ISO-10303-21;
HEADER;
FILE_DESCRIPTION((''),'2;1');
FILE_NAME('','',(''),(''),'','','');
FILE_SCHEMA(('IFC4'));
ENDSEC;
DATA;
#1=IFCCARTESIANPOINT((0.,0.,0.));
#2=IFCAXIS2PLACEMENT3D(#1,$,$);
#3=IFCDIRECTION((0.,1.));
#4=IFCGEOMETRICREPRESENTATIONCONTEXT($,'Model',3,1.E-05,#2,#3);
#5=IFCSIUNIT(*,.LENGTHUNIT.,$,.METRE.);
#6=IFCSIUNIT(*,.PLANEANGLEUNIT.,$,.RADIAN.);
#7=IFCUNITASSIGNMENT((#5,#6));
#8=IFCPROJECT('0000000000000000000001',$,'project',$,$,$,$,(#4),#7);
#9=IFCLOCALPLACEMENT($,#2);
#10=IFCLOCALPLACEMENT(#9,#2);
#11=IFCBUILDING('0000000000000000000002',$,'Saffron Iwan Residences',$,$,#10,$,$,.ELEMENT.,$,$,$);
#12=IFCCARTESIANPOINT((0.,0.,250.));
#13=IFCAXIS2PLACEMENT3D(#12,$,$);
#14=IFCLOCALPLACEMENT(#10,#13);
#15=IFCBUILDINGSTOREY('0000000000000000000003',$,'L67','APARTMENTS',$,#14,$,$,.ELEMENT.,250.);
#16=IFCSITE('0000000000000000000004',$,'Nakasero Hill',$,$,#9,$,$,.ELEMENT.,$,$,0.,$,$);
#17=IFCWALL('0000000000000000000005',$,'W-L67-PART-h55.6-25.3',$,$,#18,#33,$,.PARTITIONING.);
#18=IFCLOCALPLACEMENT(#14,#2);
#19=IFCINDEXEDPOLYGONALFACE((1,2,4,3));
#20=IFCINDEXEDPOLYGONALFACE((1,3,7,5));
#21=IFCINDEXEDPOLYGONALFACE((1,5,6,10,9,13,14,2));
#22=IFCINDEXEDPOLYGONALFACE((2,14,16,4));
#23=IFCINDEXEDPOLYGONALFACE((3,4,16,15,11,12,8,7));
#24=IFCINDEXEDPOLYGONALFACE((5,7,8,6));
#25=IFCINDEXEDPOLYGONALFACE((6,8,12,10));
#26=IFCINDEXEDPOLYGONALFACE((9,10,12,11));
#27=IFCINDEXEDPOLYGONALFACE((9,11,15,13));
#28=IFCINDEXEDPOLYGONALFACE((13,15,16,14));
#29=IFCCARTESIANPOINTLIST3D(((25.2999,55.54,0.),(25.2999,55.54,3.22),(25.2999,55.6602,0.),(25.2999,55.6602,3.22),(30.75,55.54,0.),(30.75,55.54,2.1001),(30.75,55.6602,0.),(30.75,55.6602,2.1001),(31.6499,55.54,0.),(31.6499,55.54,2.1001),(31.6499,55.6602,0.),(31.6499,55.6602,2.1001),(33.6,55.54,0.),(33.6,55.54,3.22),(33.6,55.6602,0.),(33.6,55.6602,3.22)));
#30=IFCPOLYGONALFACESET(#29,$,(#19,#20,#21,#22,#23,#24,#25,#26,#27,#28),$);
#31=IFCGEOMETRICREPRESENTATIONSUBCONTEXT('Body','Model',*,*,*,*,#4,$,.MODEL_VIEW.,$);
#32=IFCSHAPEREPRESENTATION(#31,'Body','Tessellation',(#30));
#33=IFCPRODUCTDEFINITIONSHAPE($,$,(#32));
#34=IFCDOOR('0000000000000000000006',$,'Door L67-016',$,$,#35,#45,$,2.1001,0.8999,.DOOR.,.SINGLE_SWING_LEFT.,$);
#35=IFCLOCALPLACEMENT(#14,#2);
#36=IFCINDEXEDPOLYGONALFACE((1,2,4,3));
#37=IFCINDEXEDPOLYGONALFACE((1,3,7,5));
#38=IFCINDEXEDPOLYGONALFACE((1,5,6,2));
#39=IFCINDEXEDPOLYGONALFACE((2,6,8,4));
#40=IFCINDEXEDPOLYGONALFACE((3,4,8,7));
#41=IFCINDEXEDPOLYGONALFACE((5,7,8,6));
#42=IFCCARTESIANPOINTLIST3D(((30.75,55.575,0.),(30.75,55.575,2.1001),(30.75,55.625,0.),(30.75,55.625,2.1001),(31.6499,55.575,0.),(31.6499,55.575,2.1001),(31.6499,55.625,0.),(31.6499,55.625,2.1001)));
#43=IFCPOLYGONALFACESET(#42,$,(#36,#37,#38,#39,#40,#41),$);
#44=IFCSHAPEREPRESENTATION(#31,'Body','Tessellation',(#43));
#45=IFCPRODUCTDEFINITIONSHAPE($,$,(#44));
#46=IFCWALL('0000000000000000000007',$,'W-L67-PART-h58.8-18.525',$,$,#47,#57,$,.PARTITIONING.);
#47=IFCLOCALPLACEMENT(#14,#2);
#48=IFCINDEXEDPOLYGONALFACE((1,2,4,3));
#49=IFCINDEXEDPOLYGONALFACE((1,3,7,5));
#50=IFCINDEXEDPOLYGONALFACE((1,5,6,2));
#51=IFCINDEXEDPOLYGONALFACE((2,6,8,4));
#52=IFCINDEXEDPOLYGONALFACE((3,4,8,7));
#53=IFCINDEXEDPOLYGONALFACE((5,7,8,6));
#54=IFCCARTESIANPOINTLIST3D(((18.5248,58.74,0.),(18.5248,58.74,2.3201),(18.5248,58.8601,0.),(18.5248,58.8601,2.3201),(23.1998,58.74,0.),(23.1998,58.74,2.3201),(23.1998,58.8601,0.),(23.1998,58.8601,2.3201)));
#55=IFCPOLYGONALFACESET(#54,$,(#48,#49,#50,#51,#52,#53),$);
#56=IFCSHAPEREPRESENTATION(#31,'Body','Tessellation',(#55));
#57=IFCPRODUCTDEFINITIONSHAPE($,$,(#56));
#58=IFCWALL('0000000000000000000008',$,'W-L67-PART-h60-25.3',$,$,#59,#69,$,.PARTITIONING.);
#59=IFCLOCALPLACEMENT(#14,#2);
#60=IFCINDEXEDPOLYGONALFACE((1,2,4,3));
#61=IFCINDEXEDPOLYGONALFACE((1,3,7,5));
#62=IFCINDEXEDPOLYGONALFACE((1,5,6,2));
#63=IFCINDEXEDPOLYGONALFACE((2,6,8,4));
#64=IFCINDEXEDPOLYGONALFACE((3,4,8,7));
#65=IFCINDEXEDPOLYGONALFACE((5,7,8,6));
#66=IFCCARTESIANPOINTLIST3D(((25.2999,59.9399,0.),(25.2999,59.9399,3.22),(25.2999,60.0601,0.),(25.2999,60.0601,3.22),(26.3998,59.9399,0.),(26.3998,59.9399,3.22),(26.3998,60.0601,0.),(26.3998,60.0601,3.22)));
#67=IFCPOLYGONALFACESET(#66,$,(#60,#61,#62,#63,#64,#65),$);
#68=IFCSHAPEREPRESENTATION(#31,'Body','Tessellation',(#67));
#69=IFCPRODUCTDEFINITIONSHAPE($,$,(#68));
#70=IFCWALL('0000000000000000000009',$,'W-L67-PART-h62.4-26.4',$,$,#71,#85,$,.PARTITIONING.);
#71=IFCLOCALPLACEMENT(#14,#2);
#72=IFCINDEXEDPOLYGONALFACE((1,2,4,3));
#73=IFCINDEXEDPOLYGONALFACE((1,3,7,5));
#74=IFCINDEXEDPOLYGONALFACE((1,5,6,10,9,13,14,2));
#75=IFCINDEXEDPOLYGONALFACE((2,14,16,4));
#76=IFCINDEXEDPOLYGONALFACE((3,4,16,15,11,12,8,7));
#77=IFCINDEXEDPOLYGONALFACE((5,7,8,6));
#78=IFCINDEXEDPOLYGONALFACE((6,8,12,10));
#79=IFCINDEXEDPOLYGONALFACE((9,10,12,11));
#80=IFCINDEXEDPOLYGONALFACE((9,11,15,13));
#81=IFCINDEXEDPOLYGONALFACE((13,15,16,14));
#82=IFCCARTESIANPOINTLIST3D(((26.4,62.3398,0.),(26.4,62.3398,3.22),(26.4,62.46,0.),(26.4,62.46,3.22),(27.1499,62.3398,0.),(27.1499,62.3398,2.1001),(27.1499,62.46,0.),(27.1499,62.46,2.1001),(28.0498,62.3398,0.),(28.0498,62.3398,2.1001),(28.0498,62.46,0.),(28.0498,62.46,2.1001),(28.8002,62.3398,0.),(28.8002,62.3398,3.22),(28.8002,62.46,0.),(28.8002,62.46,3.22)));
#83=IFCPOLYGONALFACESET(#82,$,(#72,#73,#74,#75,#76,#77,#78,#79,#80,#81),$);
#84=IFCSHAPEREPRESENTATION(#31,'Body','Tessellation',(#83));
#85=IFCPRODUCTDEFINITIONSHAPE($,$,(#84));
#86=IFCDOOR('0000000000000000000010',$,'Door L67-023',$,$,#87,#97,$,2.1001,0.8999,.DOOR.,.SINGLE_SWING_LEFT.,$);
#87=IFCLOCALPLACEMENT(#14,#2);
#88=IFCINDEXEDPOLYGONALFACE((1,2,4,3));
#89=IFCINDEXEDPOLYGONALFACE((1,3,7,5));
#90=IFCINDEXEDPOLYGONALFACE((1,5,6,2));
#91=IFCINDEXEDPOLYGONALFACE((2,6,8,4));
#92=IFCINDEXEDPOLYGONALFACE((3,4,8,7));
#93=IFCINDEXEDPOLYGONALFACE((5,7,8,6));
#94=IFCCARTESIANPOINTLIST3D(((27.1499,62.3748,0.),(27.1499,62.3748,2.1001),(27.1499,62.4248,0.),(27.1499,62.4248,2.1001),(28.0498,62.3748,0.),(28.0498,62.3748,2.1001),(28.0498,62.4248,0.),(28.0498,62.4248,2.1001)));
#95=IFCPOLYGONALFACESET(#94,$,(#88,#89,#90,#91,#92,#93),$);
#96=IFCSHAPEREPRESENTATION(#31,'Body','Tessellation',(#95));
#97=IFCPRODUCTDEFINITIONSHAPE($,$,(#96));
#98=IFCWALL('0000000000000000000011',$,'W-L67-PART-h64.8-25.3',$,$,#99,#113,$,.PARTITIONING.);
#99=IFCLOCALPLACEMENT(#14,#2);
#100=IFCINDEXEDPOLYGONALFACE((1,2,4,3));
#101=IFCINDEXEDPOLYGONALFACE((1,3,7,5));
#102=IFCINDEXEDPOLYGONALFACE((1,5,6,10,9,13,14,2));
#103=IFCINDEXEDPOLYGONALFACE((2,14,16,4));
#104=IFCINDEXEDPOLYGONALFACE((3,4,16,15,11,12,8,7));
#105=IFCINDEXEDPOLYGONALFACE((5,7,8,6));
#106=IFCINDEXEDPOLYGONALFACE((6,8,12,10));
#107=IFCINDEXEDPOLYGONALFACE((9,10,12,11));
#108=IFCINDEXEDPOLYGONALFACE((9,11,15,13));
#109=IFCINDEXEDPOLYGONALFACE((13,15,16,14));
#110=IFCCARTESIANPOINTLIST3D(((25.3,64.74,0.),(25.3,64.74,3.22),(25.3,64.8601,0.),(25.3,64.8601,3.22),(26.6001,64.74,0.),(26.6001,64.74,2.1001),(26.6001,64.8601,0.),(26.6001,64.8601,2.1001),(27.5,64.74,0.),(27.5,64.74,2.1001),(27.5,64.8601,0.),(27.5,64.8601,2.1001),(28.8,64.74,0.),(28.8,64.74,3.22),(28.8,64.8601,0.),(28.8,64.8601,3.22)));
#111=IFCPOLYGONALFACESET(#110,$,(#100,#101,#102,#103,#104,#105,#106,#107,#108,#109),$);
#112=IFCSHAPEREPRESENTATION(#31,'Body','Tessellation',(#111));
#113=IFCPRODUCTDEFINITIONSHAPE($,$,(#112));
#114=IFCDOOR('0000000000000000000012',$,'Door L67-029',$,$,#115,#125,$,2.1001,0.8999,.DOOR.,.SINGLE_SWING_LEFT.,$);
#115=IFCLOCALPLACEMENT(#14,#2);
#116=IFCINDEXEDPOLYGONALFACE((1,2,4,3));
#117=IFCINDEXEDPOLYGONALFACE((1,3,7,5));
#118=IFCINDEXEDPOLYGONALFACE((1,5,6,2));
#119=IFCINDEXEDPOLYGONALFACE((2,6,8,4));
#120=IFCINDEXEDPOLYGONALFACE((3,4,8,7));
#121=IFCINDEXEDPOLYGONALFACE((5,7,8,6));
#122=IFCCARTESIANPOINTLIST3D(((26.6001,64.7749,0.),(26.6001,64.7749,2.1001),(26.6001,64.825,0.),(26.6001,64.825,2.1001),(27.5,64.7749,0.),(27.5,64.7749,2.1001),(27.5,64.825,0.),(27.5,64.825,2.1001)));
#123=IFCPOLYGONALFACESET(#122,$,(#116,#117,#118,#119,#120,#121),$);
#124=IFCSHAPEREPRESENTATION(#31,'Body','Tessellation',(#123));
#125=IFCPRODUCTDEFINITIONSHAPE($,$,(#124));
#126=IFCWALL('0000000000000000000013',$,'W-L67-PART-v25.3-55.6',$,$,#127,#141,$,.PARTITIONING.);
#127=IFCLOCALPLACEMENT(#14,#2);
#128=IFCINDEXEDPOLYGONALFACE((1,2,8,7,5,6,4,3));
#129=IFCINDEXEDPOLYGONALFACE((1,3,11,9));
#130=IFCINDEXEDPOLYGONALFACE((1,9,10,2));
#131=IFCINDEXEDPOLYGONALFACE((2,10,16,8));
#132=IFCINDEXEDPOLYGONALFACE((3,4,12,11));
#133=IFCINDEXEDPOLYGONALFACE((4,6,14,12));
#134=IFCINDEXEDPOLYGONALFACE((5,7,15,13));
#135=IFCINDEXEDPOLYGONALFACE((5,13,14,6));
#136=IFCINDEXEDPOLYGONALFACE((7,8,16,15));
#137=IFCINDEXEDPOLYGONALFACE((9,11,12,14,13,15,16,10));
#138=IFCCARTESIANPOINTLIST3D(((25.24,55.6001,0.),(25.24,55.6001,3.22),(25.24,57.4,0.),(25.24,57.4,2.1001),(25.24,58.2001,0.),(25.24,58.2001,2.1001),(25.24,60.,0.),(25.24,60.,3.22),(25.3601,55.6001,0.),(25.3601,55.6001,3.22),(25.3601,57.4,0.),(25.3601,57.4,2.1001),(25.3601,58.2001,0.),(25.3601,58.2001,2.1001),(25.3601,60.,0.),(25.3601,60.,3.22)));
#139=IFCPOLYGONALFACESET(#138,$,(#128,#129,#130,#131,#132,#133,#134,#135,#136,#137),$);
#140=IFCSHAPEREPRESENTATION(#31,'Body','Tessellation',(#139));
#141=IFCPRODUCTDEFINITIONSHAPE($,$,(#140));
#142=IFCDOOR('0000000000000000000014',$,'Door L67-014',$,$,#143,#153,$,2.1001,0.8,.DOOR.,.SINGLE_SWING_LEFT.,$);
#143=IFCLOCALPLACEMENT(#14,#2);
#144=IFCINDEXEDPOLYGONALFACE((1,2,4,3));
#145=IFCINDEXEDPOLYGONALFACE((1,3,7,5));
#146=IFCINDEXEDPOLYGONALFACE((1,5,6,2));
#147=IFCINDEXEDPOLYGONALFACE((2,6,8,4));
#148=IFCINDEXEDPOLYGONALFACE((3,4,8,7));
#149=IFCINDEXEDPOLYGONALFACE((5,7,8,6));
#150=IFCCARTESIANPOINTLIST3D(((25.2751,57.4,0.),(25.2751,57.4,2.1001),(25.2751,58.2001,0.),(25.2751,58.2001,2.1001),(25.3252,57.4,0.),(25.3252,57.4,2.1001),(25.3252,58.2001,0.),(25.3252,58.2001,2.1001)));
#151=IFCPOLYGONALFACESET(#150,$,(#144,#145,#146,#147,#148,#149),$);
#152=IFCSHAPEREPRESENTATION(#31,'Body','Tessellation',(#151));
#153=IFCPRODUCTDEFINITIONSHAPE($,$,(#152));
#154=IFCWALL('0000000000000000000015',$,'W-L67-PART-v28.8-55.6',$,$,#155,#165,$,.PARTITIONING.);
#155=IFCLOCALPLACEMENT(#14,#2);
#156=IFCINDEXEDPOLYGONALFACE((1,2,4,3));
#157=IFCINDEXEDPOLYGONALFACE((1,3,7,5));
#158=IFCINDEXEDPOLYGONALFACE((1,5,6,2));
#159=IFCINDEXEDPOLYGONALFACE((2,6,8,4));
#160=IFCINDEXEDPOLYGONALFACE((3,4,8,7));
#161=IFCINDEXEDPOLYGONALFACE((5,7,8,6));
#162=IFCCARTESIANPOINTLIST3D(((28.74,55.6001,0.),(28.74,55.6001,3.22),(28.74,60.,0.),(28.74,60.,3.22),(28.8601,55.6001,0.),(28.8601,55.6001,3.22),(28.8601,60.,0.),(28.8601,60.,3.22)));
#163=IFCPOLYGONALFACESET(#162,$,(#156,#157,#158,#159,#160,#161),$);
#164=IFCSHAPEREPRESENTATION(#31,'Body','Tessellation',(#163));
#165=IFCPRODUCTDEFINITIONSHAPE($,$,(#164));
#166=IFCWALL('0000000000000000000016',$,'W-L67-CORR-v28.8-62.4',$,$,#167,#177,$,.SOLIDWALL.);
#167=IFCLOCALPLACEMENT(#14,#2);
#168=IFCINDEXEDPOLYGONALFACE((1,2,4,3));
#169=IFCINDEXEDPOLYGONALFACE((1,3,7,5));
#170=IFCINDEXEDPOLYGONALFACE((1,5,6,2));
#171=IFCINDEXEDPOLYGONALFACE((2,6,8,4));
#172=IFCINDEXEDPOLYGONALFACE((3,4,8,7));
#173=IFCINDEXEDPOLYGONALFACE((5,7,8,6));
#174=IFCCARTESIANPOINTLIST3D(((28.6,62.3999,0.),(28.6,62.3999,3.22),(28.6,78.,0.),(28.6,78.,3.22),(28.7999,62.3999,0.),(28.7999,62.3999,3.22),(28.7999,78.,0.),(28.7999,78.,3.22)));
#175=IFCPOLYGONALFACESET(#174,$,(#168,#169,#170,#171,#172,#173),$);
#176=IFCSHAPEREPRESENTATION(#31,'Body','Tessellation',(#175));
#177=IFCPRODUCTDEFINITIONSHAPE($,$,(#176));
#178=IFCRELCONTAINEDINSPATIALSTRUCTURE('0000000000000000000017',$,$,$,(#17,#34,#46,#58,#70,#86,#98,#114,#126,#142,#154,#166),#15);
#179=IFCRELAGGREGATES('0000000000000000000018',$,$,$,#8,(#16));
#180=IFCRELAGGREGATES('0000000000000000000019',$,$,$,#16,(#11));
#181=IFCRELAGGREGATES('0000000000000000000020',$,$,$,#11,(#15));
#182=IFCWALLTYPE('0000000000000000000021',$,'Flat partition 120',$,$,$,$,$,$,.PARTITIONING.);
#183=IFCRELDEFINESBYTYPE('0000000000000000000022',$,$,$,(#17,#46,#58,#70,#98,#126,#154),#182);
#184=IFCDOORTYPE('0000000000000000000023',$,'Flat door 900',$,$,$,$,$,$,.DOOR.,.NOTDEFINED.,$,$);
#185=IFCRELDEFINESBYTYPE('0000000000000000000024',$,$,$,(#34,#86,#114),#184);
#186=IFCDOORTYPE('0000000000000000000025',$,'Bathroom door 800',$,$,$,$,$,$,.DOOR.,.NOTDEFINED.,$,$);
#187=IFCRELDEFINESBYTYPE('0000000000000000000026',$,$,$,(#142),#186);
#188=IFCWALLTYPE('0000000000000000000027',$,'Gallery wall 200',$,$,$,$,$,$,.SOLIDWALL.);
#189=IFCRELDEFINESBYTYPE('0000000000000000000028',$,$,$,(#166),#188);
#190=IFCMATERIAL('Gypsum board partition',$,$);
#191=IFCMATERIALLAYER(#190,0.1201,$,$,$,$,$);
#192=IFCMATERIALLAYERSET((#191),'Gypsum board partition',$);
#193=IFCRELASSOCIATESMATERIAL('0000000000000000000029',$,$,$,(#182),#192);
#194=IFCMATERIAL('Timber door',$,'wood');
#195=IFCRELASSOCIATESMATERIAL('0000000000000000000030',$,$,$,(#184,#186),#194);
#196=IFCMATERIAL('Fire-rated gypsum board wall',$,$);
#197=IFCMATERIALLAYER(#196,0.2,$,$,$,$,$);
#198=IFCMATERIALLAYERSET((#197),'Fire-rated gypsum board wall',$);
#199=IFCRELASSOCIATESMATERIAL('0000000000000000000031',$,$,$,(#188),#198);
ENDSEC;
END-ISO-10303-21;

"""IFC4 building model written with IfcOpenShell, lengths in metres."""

from ifc_helpers import new_model, si_unit, direction, frame, frame_2d, origin, place, context, subcontext, project, spatial, rectangle, extrude, material, layer, layer_set, type_object, element, fill, save


model = new_model("IFC4")

# Units and contexts
model_context = context("Model", 3, precision=1e-05, world=origin(), true_north=direction((0.0, 1.0)))
body_context = subcontext(model_context, "Body", "Model", "MODEL_VIEW")
ifc_project = project(units=[si_unit("LENGTHUNIT", "METRE"), si_unit("PLANEANGLEUNIT", "RADIAN")], contexts=[model_context])

# Site, building, storey
site_placement = place(None, origin())
site = spatial("IfcSite", under=ifc_project, at=site_placement, Name="Nakasero Hill", CompositionType="ELEMENT", RefElevation=0.0)
building_placement = place(site_placement, origin())
building = spatial("IfcBuilding", under=site, at=building_placement, Name="Saffron Iwan Residences", CompositionType="ELEMENT")
storey_placement = place(building_placement, frame((0.0, 0.0, 250.0)))
storey = spatial("IfcBuildingStorey", under=building, at=storey_placement, Name="L67", Description="APARTMENTS", CompositionType="ELEMENT", Elevation=250.0)

# Shared definitions
ifc_material_1 = material(Name="Fire-rated gypsum board wall")

# Wall, opening, door
ifc_material_2 = material(Name="Gypsum board partition")
ifc_layer_1 = layer(ifc_material_2, 0.1201)
ifc_layer_set_1 = layer_set([ifc_layer_1], Name="Gypsum board partition")
wall_type_1 = type_object("IfcWallType", Name="Flat partition 120", PredefinedType="PARTITIONING", material=ifc_layer_set_1)
wall_1_placement = place(storey_placement, frame((25.3, 55.6001, 0.0), z_axis=(0.0, 0.0, 1.0), x_axis=(1.0, 0.0, 0.0)))
wall_1 = element("IfcWall", 1, at=wall_1_placement, inside=storey, type_object=wall_type_1, Name="W-L67-PART-h55.6-25.3", PredefinedType="PARTITIONING", context=body_context, shape_type="SweptSolid", body=[
    extrude(rectangle(XDim=8.3, YDim=0.1201, at=frame_2d((4.1499, 0.0))), origin(), (0.0, 0.0, 1.0), 3.22),
])
opening_1_placement = place(wall_1_placement, frame((5.45, 0.0, 0.0)))
opening_1 = element("IfcOpeningElement", 2, at=opening_1_placement, cuts=wall_1, PredefinedType="OPENING", context=body_context, shape_type="SweptSolid", body=[
    extrude(rectangle(XDim=0.8999, YDim=2.1001, at=frame_2d((0.45, 1.05))), frame((0.0, 0.0701, 0.0), z_axis=(0.0, -1.0, 0.0), x_axis=(1.0, 0.0, 0.0)), (0.0, 0.0, 1.0), 0.1401),
])
ifc_material_3 = material(Name="Timber door", Category="wood")
door_type_1 = type_object("IfcDoorType", Name="Flat door 900", OperationType="NOTDEFINED", PredefinedType="DOOR", material=ifc_material_3)
door_1_placement = place(opening_1_placement, origin())
door_1 = element("IfcDoor", 3, at=door_1_placement, inside=storey, type_object=door_type_1, Name="Door L67-016", OperationType="SINGLE_SWING_LEFT", OverallHeight=2.1001, OverallWidth=0.8999, PredefinedType="DOOR", context=body_context, shape_type="SweptSolid", body=[
    extrude(rectangle(XDim=0.8999, YDim=2.1001, at=frame_2d((0.45, 1.05))), frame((0.0, 0.0249, 0.0), z_axis=(0.0, -1.0, 0.0), x_axis=(1.0, 0.0, 0.0)), (0.0, 0.0, 1.0), 0.05),
])
fill(opening_1, door_1)

# Walls
wall_2_placement = place(storey_placement, frame((18.5249, 58.8, 0.0), z_axis=(0.0, 0.0, 1.0), x_axis=(1.0, 0.0, 0.0)))
element("IfcWall", 4, at=wall_2_placement, inside=storey, type_object=wall_type_1, Name="W-L67-PART-h58.8-18.525", PredefinedType="PARTITIONING", context=body_context, shape_type="SweptSolid", body=[
    extrude(rectangle(XDim=4.675, YDim=0.1201, at=frame_2d((2.3374, 0.0))), origin(), (0.0, 0.0, 1.0), 2.3201),
])
wall_3_placement = place(storey_placement, frame((25.3, 60.0, 0.0), z_axis=(0.0, 0.0, 1.0), x_axis=(1.0, 0.0, 0.0)))
element("IfcWall", 5, at=wall_3_placement, inside=storey, type_object=wall_type_1, Name="W-L67-PART-h60-25.3", PredefinedType="PARTITIONING", context=body_context, shape_type="SweptSolid", body=[
    extrude(rectangle(XDim=1.0999, YDim=0.1201, at=frame_2d((0.5498, 0.0))), origin(), (0.0, 0.0, 1.0), 3.22),
])

# Walls, openings, doors
wall_4_placement = place(storey_placement, frame((26.3999, 62.3999, 0.0), z_axis=(0.0, 0.0, 1.0), x_axis=(1.0, 0.0, 0.0)))
wall_4 = element("IfcWall", 6, at=wall_4_placement, inside=storey, type_object=wall_type_1, Name="W-L67-PART-h62.4-26.4", PredefinedType="PARTITIONING", context=body_context, shape_type="SweptSolid", body=[
    extrude(rectangle(XDim=2.4001, YDim=0.1201, at=frame_2d((1.2002, 0.0))), origin(), (0.0, 0.0, 1.0), 3.22),
])
opening_2_placement = place(wall_4_placement, frame((0.75, 0.0, 0.0)))
opening_2 = element("IfcOpeningElement", 7, at=opening_2_placement, cuts=wall_4, PredefinedType="OPENING", context=body_context, shape_type="SweptSolid", body=[
    extrude(rectangle(XDim=0.8999, YDim=2.1001, at=frame_2d((0.45, 1.05))), frame((0.0, 0.0701, 0.0), z_axis=(0.0, -1.0, 0.0), x_axis=(1.0, 0.0, 0.0)), (0.0, 0.0, 1.0), 0.1401),
])
door_2_placement = place(opening_2_placement, origin())
door_2 = element("IfcDoor", 8, at=door_2_placement, inside=storey, type_object=door_type_1, Name="Door L67-023", OperationType="SINGLE_SWING_LEFT", OverallHeight=2.1001, OverallWidth=0.8999, PredefinedType="DOOR", context=body_context, shape_type="SweptSolid", body=[
    extrude(rectangle(XDim=0.8999, YDim=2.1001, at=frame_2d((0.45, 1.05))), frame((0.0, 0.0249, 0.0), z_axis=(0.0, -1.0, 0.0), x_axis=(1.0, 0.0, 0.0)), (0.0, 0.0, 1.0), 0.05),
])
fill(opening_2, door_2)
wall_5_placement = place(storey_placement, frame((25.3, 64.8, 0.0), z_axis=(0.0, 0.0, 1.0), x_axis=(1.0, 0.0, 0.0)))
wall_5 = element("IfcWall", 9, at=wall_5_placement, inside=storey, type_object=wall_type_1, Name="W-L67-PART-h64.8-25.3", PredefinedType="PARTITIONING", context=body_context, shape_type="SweptSolid", body=[
    extrude(rectangle(XDim=3.5, YDim=0.1201, at=frame_2d((1.75, 0.0))), origin(), (0.0, 0.0, 1.0), 3.22),
])
opening_3_placement = place(wall_5_placement, frame((1.3, 0.0, 0.0)))
opening_3 = element("IfcOpeningElement", 10, at=opening_3_placement, cuts=wall_5, PredefinedType="OPENING", context=body_context, shape_type="SweptSolid", body=[
    extrude(rectangle(XDim=0.8999, YDim=2.1001, at=frame_2d((0.45, 1.05))), frame((0.0, 0.0701, 0.0), z_axis=(0.0, -1.0, 0.0), x_axis=(1.0, 0.0, 0.0)), (0.0, 0.0, 1.0), 0.1401),
])
door_3_placement = place(opening_3_placement, origin())
door_3 = element("IfcDoor", 11, at=door_3_placement, inside=storey, type_object=door_type_1, Name="Door L67-029", OperationType="SINGLE_SWING_LEFT", OverallHeight=2.1001, OverallWidth=0.8999, PredefinedType="DOOR", context=body_context, shape_type="SweptSolid", body=[
    extrude(rectangle(XDim=0.8999, YDim=2.1001, at=frame_2d((0.45, 1.05))), frame((0.0, 0.0249, 0.0), z_axis=(0.0, -1.0, 0.0), x_axis=(1.0, 0.0, 0.0)), (0.0, 0.0, 1.0), 0.05),
])
fill(opening_3, door_3)
wall_6_placement = place(storey_placement, frame((25.3, 55.6001, 0.0), z_axis=(0.0, 0.0, 1.0), x_axis=(0.0, 1.0, 0.0)))
wall_6 = element("IfcWall", 12, at=wall_6_placement, inside=storey, type_object=wall_type_1, Name="W-L67-PART-v25.3-55.6", PredefinedType="PARTITIONING", context=body_context, shape_type="SweptSolid", body=[
    extrude(rectangle(XDim=4.3999, YDim=0.1201, at=frame_2d((2.2, 0.0))), origin(), (0.0, 0.0, 1.0), 3.22),
])
opening_4_placement = place(wall_6_placement, frame((1.8, 0.0, 0.0)))
opening_4 = element("IfcOpeningElement", 13, at=opening_4_placement, cuts=wall_6, PredefinedType="OPENING", context=body_context, shape_type="SweptSolid", body=[
    extrude(rectangle(XDim=0.8, YDim=2.1001, at=frame_2d((0.3999, 1.05))), frame((0.0, 0.0701, 0.0), z_axis=(0.0, -1.0, 0.0), x_axis=(1.0, 0.0, 0.0)), (0.0, 0.0, 1.0), 0.1401),
])
door_type_2 = type_object("IfcDoorType", Name="Bathroom door 800", OperationType="NOTDEFINED", PredefinedType="DOOR", material=ifc_material_3)
door_4_placement = place(opening_4_placement, origin())
door_4 = element("IfcDoor", 14, at=door_4_placement, inside=storey, type_object=door_type_2, Name="Door L67-014", OperationType="SINGLE_SWING_LEFT", OverallHeight=2.1001, OverallWidth=0.8, PredefinedType="DOOR", context=body_context, shape_type="SweptSolid", body=[
    extrude(rectangle(XDim=0.8, YDim=2.1001, at=frame_2d((0.3999, 1.05))), frame((0.0, 0.0249, 0.0), z_axis=(0.0, -1.0, 0.0), x_axis=(1.0, 0.0, 0.0)), (0.0, 0.0, 1.0), 0.05),
])
fill(opening_4, door_4)

# Walls
wall_7_placement = place(storey_placement, frame((28.8, 55.6001, 0.0), z_axis=(0.0, 0.0, 1.0), x_axis=(0.0, 1.0, 0.0)))
element("IfcWall", 15, at=wall_7_placement, inside=storey, type_object=wall_type_1, Name="W-L67-PART-v28.8-55.6", PredefinedType="PARTITIONING", context=body_context, shape_type="SweptSolid", body=[
    extrude(rectangle(XDim=4.3999, YDim=0.1201, at=frame_2d((2.2, 0.0))), origin(), (0.0, 0.0, 1.0), 3.22),
])
ifc_layer_2 = layer(ifc_material_1, 0.2)
ifc_layer_set_2 = layer_set([ifc_layer_2], Name="Fire-rated gypsum board wall")
wall_type_2 = type_object("IfcWallType", Name="Gallery wall 200", PredefinedType="SOLIDWALL", material=ifc_layer_set_2)
wall_8_placement = place(storey_placement, frame((28.7, 62.3999, 0.0), z_axis=(0.0, 0.0, 1.0), x_axis=(0.0, 1.0, 0.0)))
element("IfcWall", 16, at=wall_8_placement, inside=storey, type_object=wall_type_2, Name="W-L67-CORR-v28.8-62.4", PredefinedType="SOLIDWALL", context=body_context, shape_type="SweptSolid", body=[
    extrude(rectangle(XDim=15.6001, YDim=0.2, at=frame_2d((7.8, 0.0))), origin(), (0.0, 0.0, 1.0), 3.22),
])

save(model, "model.ifc")
